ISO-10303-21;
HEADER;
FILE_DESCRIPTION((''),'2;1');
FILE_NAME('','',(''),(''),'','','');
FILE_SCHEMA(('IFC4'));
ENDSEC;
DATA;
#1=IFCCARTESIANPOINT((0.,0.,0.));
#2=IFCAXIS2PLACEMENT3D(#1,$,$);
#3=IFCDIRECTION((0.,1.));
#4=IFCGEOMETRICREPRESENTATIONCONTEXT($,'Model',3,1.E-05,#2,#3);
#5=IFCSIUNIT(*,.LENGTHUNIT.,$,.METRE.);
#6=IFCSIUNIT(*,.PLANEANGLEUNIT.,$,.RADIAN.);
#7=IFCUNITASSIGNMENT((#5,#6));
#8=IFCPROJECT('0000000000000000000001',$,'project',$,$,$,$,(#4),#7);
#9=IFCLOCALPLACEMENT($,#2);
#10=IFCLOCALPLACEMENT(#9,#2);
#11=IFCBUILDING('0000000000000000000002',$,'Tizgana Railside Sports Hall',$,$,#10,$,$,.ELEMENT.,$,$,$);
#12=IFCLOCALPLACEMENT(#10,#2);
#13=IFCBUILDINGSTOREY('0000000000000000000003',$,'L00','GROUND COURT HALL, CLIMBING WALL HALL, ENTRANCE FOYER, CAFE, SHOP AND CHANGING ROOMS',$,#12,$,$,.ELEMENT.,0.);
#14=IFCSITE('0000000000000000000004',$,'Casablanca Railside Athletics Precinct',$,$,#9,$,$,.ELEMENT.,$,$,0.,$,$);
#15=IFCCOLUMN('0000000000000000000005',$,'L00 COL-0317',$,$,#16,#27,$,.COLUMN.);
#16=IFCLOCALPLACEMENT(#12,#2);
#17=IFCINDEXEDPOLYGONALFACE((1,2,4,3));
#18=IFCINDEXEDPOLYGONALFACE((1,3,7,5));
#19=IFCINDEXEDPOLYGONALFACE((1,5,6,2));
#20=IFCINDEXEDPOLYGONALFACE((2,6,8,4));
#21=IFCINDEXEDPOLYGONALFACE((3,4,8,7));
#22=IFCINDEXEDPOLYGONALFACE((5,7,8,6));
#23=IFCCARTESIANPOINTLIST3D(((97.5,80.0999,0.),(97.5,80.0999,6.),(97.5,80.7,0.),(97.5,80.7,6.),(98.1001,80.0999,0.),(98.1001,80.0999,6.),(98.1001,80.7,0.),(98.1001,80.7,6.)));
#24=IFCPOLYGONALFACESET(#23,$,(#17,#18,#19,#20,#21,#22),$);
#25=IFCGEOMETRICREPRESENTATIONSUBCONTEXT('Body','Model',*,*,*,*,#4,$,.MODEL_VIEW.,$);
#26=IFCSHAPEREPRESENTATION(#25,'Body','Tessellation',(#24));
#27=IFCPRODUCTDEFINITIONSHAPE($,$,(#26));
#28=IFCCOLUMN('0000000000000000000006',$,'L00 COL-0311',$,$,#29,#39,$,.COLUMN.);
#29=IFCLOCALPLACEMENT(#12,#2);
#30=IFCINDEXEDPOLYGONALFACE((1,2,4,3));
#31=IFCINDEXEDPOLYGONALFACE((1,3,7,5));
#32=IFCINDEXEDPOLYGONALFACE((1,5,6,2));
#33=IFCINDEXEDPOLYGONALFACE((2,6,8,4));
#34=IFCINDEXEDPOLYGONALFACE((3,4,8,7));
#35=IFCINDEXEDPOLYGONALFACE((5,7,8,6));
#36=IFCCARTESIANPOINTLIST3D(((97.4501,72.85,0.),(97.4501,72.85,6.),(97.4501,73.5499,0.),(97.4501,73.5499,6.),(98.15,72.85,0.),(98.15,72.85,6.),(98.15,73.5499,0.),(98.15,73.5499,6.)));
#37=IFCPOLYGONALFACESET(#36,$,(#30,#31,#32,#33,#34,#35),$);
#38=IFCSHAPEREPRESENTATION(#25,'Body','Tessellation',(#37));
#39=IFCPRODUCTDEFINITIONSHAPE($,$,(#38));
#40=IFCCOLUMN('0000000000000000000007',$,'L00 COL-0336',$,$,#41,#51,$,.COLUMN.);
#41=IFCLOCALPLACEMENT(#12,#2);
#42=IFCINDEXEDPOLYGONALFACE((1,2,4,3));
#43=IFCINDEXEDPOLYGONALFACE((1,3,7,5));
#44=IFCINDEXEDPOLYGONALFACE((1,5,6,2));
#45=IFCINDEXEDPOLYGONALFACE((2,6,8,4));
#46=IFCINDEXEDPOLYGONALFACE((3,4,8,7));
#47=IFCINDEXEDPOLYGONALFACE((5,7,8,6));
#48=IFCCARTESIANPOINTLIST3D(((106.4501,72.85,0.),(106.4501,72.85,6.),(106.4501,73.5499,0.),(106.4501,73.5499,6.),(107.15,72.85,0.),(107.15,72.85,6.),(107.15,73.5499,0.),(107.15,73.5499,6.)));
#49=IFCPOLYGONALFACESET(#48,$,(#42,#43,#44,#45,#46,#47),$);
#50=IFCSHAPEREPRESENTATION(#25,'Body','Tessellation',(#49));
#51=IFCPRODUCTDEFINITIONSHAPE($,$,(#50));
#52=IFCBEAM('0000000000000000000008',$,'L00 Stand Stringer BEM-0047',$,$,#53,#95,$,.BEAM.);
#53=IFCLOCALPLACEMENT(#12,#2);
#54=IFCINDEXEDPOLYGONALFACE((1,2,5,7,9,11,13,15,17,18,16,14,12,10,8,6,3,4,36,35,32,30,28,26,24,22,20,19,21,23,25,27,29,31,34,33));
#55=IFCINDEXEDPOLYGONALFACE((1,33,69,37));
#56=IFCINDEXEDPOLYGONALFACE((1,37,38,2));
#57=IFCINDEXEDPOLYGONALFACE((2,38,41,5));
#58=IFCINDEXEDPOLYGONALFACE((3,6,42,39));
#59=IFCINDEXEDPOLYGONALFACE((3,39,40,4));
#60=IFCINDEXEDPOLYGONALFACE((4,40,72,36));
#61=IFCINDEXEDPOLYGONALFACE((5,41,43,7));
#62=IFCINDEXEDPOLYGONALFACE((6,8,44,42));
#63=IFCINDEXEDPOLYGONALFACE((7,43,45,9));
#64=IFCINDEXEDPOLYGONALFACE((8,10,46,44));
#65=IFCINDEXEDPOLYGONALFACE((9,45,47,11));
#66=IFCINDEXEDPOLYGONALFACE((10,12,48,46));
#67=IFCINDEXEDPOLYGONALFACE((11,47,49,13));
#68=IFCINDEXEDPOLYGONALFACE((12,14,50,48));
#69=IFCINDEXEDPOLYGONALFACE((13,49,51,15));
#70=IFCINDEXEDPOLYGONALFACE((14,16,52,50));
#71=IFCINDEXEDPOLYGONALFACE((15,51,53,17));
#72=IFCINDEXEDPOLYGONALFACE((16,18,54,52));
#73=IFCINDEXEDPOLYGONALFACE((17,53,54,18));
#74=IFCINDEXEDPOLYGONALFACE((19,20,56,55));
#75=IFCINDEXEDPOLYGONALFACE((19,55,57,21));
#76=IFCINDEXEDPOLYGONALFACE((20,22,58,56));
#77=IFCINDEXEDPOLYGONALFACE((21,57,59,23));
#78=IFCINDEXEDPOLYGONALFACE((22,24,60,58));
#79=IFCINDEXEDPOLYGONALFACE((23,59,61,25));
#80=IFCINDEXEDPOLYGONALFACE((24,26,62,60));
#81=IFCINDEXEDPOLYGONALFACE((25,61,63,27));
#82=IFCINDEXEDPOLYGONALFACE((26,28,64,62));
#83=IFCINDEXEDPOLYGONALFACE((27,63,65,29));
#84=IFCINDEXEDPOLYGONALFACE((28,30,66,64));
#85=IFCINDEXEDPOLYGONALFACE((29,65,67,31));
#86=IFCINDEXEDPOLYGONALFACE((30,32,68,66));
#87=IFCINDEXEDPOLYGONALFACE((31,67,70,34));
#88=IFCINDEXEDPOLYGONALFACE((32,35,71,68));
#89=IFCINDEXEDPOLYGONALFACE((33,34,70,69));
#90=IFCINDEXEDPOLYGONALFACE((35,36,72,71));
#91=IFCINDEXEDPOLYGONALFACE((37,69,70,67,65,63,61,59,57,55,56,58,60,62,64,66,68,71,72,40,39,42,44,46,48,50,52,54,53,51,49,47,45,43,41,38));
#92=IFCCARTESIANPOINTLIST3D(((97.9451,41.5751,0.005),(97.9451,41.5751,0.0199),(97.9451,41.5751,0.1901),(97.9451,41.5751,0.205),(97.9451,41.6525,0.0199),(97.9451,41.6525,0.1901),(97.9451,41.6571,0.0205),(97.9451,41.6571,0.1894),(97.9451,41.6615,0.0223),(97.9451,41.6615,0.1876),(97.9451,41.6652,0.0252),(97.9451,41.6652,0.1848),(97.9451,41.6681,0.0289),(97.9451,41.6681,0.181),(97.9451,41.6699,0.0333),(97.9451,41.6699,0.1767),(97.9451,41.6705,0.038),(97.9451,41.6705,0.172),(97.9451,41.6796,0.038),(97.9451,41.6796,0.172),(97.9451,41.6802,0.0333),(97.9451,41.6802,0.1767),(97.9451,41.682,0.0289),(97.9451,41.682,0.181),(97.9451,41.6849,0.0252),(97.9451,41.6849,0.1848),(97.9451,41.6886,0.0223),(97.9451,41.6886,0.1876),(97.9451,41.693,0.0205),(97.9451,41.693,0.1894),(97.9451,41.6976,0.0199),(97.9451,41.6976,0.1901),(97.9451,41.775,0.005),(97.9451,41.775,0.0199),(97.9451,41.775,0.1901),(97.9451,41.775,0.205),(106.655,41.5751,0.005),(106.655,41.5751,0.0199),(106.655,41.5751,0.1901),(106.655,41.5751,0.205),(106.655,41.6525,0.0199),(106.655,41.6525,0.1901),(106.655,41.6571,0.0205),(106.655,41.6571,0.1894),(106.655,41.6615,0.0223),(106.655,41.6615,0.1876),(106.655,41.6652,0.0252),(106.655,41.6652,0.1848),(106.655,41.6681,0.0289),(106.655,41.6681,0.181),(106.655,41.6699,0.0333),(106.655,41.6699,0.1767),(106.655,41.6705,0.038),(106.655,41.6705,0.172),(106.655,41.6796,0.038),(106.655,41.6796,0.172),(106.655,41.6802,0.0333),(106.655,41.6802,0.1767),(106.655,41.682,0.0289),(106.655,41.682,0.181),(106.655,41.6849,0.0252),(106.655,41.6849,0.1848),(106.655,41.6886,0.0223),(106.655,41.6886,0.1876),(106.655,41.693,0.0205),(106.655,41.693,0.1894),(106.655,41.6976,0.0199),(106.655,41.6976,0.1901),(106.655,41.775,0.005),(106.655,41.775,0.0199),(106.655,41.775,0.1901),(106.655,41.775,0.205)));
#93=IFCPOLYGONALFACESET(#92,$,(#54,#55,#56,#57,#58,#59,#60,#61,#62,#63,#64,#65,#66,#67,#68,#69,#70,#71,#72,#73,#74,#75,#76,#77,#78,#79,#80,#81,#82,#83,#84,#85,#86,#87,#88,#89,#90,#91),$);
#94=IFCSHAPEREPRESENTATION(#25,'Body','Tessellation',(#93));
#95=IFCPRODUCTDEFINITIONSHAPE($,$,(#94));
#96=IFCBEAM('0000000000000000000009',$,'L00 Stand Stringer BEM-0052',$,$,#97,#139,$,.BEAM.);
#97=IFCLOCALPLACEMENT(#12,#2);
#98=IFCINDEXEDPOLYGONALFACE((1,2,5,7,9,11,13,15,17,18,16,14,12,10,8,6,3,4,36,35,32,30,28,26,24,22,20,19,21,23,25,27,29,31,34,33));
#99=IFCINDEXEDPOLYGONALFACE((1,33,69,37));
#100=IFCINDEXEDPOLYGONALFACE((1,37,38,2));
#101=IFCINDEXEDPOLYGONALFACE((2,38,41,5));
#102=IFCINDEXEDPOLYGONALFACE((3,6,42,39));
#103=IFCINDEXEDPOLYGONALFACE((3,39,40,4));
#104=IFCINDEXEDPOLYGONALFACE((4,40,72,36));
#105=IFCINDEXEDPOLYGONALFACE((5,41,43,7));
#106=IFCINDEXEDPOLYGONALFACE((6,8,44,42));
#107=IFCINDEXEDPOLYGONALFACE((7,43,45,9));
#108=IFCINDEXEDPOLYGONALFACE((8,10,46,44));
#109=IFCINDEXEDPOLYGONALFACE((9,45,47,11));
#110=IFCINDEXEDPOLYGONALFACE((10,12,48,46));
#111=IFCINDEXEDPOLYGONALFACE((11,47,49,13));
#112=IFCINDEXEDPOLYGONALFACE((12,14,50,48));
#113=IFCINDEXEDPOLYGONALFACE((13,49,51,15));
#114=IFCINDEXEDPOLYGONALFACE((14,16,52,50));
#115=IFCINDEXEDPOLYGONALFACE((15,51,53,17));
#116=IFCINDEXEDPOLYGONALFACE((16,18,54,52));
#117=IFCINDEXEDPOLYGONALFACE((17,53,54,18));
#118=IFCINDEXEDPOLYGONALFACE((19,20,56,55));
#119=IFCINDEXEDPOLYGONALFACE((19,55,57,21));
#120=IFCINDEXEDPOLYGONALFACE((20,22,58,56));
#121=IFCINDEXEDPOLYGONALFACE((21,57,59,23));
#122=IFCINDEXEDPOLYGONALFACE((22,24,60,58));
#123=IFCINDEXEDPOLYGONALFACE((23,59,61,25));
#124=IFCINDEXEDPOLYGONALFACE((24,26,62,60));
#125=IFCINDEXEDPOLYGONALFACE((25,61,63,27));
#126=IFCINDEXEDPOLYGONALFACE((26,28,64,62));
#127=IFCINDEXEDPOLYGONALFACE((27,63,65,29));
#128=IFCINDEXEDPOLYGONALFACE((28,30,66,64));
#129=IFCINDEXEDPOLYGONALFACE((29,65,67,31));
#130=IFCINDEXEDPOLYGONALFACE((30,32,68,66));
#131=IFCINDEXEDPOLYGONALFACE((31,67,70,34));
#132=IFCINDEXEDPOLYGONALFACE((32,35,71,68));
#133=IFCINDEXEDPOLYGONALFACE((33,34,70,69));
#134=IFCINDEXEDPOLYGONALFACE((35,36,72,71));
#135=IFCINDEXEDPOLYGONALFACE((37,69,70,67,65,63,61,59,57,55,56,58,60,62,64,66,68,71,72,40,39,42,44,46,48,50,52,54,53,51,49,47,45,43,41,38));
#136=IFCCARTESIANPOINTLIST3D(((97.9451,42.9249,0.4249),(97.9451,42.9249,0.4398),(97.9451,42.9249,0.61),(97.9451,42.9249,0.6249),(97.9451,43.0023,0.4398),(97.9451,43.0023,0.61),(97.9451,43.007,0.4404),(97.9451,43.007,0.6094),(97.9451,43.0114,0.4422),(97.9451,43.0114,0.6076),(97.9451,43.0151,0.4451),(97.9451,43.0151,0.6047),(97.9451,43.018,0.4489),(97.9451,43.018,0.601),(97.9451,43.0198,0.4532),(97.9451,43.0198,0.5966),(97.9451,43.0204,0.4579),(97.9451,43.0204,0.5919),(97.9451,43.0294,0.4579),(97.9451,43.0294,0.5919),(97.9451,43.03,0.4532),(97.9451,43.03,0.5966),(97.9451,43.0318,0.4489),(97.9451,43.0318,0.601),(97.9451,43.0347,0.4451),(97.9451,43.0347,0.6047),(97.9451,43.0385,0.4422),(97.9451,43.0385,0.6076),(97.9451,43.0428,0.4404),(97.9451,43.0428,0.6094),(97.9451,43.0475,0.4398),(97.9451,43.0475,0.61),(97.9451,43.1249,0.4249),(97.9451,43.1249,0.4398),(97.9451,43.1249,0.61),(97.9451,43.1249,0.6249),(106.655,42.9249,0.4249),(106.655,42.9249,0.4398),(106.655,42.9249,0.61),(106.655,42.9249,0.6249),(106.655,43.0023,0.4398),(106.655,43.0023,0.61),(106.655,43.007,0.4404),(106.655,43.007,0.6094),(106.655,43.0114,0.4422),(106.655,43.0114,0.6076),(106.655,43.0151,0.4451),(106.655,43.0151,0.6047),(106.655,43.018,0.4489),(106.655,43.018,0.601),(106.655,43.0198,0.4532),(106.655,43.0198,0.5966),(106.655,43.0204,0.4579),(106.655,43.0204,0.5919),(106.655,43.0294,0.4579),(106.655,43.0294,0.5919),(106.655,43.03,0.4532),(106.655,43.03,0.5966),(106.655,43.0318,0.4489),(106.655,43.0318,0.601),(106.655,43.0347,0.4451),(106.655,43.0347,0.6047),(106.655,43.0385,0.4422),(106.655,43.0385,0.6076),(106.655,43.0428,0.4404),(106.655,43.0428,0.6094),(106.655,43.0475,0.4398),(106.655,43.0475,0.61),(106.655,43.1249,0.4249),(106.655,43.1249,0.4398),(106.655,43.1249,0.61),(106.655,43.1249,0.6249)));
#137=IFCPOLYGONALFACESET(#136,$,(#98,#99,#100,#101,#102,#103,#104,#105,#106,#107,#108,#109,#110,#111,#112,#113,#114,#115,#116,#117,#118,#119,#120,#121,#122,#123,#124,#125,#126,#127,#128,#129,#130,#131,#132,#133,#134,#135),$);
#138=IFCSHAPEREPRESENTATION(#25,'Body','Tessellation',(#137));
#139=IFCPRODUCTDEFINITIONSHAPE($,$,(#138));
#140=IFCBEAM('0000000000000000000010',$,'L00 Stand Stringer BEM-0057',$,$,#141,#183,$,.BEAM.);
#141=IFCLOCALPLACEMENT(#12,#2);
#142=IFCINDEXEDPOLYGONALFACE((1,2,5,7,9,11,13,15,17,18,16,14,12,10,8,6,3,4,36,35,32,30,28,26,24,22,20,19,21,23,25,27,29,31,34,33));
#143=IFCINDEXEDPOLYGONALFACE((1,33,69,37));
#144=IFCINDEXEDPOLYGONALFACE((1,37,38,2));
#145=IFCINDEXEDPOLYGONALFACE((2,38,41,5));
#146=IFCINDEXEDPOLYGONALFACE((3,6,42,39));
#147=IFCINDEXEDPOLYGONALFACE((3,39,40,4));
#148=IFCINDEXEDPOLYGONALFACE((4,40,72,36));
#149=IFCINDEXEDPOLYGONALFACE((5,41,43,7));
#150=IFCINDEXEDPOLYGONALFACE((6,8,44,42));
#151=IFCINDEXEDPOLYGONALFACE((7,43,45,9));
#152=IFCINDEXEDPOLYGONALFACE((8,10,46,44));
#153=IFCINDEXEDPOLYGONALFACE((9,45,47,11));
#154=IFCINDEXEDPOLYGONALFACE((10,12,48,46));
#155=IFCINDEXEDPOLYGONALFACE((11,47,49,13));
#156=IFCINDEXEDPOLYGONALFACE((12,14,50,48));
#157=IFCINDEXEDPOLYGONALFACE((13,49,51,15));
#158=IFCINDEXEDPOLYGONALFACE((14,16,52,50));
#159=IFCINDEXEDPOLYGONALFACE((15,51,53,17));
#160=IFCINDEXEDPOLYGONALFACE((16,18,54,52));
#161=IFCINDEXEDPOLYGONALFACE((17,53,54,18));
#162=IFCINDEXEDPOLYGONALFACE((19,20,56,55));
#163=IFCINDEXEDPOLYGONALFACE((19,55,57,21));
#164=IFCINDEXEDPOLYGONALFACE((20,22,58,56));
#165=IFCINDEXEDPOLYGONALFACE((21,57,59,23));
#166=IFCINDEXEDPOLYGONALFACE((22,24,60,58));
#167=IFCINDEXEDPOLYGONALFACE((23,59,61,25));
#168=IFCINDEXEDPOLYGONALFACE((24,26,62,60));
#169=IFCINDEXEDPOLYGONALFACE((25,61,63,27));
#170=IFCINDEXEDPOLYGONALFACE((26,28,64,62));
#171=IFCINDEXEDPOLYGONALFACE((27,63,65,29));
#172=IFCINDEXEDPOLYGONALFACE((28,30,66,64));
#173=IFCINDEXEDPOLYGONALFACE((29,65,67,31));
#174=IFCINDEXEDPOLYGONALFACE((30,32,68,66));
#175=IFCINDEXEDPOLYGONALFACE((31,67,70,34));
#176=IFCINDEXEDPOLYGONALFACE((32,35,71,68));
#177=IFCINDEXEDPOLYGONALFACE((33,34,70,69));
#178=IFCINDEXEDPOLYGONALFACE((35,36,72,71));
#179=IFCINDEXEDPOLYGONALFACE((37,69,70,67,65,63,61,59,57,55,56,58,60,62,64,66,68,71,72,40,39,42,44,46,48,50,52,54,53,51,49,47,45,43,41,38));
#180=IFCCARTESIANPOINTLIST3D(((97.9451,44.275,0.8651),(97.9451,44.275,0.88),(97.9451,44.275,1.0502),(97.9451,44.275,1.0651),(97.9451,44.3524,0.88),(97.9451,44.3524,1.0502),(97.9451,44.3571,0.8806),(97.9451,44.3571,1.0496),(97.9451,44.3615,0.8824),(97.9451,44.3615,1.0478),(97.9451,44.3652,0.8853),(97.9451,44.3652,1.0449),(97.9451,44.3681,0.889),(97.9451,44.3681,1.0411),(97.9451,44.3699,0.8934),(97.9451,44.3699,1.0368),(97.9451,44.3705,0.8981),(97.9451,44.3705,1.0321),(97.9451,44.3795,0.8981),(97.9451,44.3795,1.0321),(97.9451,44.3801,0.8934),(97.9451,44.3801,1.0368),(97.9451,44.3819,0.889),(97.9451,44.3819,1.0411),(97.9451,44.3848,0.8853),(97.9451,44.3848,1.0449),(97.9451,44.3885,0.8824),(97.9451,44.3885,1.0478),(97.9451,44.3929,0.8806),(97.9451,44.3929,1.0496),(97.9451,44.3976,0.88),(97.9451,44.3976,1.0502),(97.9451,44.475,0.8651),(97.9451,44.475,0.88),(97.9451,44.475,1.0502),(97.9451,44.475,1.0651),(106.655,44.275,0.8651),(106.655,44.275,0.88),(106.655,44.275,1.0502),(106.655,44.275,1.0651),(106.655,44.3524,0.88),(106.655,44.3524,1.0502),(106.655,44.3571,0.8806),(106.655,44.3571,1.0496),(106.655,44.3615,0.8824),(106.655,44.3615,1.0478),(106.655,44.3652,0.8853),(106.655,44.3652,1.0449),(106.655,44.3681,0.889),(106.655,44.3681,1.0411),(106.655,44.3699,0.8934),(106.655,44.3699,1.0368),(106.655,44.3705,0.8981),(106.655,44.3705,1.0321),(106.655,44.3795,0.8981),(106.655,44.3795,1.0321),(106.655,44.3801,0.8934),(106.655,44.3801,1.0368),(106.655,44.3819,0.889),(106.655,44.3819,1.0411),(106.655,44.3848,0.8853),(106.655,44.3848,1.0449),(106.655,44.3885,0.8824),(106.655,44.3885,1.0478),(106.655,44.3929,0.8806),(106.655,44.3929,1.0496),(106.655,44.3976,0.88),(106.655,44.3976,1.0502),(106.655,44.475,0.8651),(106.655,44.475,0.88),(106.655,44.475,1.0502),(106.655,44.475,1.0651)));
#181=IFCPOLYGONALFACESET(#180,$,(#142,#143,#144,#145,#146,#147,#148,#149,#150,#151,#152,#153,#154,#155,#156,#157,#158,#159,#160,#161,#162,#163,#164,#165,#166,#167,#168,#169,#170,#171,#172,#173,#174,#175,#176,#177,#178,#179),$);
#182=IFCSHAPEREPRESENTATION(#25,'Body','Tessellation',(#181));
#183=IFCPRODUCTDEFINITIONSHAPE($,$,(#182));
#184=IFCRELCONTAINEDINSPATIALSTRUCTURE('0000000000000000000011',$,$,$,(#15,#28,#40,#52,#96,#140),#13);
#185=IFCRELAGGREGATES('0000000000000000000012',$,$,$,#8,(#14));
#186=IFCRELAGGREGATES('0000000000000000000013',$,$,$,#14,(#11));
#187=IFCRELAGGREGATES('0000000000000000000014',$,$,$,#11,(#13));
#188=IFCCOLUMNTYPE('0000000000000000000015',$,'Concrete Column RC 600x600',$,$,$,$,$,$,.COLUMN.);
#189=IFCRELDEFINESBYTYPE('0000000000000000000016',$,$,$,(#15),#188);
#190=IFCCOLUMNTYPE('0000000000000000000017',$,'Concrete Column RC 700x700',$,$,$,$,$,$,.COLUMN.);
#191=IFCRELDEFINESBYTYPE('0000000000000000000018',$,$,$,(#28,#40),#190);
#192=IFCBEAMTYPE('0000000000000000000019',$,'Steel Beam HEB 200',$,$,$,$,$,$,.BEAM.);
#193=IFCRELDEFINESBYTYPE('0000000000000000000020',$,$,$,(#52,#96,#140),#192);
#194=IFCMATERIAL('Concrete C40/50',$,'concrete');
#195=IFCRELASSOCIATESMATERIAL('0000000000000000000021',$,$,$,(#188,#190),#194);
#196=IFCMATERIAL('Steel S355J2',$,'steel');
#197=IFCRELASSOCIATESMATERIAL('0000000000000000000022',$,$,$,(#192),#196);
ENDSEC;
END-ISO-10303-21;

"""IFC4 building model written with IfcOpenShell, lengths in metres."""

from ifc_helpers import new_model, si_unit, direction, frame, origin, origin_2d, place, context, subcontext, project, spatial, rectangle, i_section, extrude, material, material_profile, profile_set, type_object, element, save


model = new_model("IFC4")

# Units and contexts
model_context = context("Model", 3, precision=1e-05, world=origin(), true_north=direction((0.0, 1.0)))
body_context = subcontext(model_context, "Body", "Model", "MODEL_VIEW")
ifc_project = project(units=[si_unit("LENGTHUNIT", "METRE"), si_unit("PLANEANGLEUNIT", "RADIAN")], contexts=[model_context])

# Site, building, storey
site_placement = place(None, origin())
site = spatial("IfcSite", under=ifc_project, at=site_placement, Name="Casablanca Railside Athletics Precinct", CompositionType="ELEMENT", RefElevation=0.0)
building_placement = place(site_placement, origin())
building = spatial("IfcBuilding", under=site, at=building_placement, Name="Tizgana Railside Sports Hall", CompositionType="ELEMENT")
storey_placement = place(building_placement, origin())
storey = spatial("IfcBuildingStorey", under=building, at=storey_placement, Name="L00", Description="GROUND COURT HALL, CLIMBING WALL HALL, ENTRANCE FOYER, CAFE, SHOP AND CHANGING ROOMS", CompositionType="ELEMENT", Elevation=0.0)

# Columns
ifc_material_1 = material(Name="Concrete C40/50", Category="concrete")
ifc_material_profile_1 = material_profile(ifc_material_1, rectangle(XDim=0.6001, YDim=0.6001, at=origin_2d()), Name="RC 600x600")
ifc_profile_set_1 = profile_set([ifc_material_profile_1], Name="Concrete C40/50")
column_type_1 = type_object("IfcColumnType", Name="Concrete Column RC 600x600", PredefinedType="COLUMN", material=ifc_profile_set_1)
column_placement = place(storey_placement, frame((97.8, 80.3999, 0.0), z_axis=(0.0, 0.0, 1.0), x_axis=(1.0, 0.0, 0.0)))
element("IfcColumn", 1, at=column_placement, inside=storey, type_object=column_type_1, Name="L00 COL-0317", PredefinedType="COLUMN", context=body_context, shape_type="SweptSolid", body=[
    extrude(rectangle(XDim=0.6001, YDim=0.6001, at=origin_2d()), origin(), (0.0, 0.0, 1.0), 6.0),
])
ifc_material_profile_2 = material_profile(ifc_material_1, rectangle(XDim=0.7, YDim=0.7, at=origin_2d()), Name="RC 700x700")
ifc_profile_set_2 = profile_set([ifc_material_profile_2], Name="Concrete C40/50")
column_type_2 = type_object("IfcColumnType", Name="Concrete Column RC 700x700", PredefinedType="COLUMN", material=ifc_profile_set_2)
for number, where, z_axis, x_axis, name in (
    (2, (97.8, 73.2, 0.0), (0.0, 0.0, 1.0), (1.0, 0.0, 0.0), "L00 COL-0311"),
    (3, (106.8, 73.2, 0.0), (0.0, 0.0, 1.0), (1.0, 0.0, 0.0), "L00 COL-0336"),
):
    element("IfcColumn", number, at=place(storey_placement, frame(where, z_axis=z_axis, x_axis=x_axis)), inside=storey, type_object=column_type_2, Name=name, PredefinedType="COLUMN", context=body_context, shape_type="SweptSolid", body=[
        extrude(rectangle(XDim=0.7, YDim=0.7, at=origin_2d()), origin(), (0.0, 0.0, 1.0), 6.0),
    ])

# Beams
ifc_material_2 = material(Name="Steel S355J2", Category="steel")
ifc_material_profile_3 = material_profile(ifc_material_2, i_section(OverallWidth=0.2, OverallDepth=0.2, WebThickness=0.009, FlangeThickness=0.0149, FilletRadius=0.0181, at=origin_2d()), Name="HEB 200")
ifc_profile_set_3 = profile_set([ifc_material_profile_3], Name="Steel S355J2")
beam_type_1 = type_object("IfcBeamType", Name="Steel Beam HEB 200", PredefinedType="BEAM", material=ifc_profile_set_3)
for number, where, z_axis, x_axis, name in (
    (4, (97.9451, 41.675, 0.105), (1.0, 0.0, 0.0), (0.0, 1.0, 0.0), "L00 Stand Stringer BEM-0047"),
    (5, (97.9451, 43.0249, 0.5249), (1.0, 0.0, 0.0), (0.0, 1.0, 0.0), "L00 Stand Stringer BEM-0052"),
    (6, (97.9451, 44.375, 0.9651), (1.0, 0.0, 0.0), (0.0, 1.0, 0.0), "L00 Stand Stringer BEM-0057"),
):
    element("IfcBeam", number, at=place(storey_placement, frame(where, z_axis=z_axis, x_axis=x_axis)), inside=storey, type_object=beam_type_1, Name=name, PredefinedType="BEAM", context=body_context, shape_type="SweptSolid", body=[
        extrude(i_section(OverallWidth=0.2, OverallDepth=0.2, WebThickness=0.009, FlangeThickness=0.0149, FilletRadius=0.0181, at=origin_2d()), origin(), (0.0, 0.0, 1.0), 8.71),
    ])

save(model, "model.ifc")
